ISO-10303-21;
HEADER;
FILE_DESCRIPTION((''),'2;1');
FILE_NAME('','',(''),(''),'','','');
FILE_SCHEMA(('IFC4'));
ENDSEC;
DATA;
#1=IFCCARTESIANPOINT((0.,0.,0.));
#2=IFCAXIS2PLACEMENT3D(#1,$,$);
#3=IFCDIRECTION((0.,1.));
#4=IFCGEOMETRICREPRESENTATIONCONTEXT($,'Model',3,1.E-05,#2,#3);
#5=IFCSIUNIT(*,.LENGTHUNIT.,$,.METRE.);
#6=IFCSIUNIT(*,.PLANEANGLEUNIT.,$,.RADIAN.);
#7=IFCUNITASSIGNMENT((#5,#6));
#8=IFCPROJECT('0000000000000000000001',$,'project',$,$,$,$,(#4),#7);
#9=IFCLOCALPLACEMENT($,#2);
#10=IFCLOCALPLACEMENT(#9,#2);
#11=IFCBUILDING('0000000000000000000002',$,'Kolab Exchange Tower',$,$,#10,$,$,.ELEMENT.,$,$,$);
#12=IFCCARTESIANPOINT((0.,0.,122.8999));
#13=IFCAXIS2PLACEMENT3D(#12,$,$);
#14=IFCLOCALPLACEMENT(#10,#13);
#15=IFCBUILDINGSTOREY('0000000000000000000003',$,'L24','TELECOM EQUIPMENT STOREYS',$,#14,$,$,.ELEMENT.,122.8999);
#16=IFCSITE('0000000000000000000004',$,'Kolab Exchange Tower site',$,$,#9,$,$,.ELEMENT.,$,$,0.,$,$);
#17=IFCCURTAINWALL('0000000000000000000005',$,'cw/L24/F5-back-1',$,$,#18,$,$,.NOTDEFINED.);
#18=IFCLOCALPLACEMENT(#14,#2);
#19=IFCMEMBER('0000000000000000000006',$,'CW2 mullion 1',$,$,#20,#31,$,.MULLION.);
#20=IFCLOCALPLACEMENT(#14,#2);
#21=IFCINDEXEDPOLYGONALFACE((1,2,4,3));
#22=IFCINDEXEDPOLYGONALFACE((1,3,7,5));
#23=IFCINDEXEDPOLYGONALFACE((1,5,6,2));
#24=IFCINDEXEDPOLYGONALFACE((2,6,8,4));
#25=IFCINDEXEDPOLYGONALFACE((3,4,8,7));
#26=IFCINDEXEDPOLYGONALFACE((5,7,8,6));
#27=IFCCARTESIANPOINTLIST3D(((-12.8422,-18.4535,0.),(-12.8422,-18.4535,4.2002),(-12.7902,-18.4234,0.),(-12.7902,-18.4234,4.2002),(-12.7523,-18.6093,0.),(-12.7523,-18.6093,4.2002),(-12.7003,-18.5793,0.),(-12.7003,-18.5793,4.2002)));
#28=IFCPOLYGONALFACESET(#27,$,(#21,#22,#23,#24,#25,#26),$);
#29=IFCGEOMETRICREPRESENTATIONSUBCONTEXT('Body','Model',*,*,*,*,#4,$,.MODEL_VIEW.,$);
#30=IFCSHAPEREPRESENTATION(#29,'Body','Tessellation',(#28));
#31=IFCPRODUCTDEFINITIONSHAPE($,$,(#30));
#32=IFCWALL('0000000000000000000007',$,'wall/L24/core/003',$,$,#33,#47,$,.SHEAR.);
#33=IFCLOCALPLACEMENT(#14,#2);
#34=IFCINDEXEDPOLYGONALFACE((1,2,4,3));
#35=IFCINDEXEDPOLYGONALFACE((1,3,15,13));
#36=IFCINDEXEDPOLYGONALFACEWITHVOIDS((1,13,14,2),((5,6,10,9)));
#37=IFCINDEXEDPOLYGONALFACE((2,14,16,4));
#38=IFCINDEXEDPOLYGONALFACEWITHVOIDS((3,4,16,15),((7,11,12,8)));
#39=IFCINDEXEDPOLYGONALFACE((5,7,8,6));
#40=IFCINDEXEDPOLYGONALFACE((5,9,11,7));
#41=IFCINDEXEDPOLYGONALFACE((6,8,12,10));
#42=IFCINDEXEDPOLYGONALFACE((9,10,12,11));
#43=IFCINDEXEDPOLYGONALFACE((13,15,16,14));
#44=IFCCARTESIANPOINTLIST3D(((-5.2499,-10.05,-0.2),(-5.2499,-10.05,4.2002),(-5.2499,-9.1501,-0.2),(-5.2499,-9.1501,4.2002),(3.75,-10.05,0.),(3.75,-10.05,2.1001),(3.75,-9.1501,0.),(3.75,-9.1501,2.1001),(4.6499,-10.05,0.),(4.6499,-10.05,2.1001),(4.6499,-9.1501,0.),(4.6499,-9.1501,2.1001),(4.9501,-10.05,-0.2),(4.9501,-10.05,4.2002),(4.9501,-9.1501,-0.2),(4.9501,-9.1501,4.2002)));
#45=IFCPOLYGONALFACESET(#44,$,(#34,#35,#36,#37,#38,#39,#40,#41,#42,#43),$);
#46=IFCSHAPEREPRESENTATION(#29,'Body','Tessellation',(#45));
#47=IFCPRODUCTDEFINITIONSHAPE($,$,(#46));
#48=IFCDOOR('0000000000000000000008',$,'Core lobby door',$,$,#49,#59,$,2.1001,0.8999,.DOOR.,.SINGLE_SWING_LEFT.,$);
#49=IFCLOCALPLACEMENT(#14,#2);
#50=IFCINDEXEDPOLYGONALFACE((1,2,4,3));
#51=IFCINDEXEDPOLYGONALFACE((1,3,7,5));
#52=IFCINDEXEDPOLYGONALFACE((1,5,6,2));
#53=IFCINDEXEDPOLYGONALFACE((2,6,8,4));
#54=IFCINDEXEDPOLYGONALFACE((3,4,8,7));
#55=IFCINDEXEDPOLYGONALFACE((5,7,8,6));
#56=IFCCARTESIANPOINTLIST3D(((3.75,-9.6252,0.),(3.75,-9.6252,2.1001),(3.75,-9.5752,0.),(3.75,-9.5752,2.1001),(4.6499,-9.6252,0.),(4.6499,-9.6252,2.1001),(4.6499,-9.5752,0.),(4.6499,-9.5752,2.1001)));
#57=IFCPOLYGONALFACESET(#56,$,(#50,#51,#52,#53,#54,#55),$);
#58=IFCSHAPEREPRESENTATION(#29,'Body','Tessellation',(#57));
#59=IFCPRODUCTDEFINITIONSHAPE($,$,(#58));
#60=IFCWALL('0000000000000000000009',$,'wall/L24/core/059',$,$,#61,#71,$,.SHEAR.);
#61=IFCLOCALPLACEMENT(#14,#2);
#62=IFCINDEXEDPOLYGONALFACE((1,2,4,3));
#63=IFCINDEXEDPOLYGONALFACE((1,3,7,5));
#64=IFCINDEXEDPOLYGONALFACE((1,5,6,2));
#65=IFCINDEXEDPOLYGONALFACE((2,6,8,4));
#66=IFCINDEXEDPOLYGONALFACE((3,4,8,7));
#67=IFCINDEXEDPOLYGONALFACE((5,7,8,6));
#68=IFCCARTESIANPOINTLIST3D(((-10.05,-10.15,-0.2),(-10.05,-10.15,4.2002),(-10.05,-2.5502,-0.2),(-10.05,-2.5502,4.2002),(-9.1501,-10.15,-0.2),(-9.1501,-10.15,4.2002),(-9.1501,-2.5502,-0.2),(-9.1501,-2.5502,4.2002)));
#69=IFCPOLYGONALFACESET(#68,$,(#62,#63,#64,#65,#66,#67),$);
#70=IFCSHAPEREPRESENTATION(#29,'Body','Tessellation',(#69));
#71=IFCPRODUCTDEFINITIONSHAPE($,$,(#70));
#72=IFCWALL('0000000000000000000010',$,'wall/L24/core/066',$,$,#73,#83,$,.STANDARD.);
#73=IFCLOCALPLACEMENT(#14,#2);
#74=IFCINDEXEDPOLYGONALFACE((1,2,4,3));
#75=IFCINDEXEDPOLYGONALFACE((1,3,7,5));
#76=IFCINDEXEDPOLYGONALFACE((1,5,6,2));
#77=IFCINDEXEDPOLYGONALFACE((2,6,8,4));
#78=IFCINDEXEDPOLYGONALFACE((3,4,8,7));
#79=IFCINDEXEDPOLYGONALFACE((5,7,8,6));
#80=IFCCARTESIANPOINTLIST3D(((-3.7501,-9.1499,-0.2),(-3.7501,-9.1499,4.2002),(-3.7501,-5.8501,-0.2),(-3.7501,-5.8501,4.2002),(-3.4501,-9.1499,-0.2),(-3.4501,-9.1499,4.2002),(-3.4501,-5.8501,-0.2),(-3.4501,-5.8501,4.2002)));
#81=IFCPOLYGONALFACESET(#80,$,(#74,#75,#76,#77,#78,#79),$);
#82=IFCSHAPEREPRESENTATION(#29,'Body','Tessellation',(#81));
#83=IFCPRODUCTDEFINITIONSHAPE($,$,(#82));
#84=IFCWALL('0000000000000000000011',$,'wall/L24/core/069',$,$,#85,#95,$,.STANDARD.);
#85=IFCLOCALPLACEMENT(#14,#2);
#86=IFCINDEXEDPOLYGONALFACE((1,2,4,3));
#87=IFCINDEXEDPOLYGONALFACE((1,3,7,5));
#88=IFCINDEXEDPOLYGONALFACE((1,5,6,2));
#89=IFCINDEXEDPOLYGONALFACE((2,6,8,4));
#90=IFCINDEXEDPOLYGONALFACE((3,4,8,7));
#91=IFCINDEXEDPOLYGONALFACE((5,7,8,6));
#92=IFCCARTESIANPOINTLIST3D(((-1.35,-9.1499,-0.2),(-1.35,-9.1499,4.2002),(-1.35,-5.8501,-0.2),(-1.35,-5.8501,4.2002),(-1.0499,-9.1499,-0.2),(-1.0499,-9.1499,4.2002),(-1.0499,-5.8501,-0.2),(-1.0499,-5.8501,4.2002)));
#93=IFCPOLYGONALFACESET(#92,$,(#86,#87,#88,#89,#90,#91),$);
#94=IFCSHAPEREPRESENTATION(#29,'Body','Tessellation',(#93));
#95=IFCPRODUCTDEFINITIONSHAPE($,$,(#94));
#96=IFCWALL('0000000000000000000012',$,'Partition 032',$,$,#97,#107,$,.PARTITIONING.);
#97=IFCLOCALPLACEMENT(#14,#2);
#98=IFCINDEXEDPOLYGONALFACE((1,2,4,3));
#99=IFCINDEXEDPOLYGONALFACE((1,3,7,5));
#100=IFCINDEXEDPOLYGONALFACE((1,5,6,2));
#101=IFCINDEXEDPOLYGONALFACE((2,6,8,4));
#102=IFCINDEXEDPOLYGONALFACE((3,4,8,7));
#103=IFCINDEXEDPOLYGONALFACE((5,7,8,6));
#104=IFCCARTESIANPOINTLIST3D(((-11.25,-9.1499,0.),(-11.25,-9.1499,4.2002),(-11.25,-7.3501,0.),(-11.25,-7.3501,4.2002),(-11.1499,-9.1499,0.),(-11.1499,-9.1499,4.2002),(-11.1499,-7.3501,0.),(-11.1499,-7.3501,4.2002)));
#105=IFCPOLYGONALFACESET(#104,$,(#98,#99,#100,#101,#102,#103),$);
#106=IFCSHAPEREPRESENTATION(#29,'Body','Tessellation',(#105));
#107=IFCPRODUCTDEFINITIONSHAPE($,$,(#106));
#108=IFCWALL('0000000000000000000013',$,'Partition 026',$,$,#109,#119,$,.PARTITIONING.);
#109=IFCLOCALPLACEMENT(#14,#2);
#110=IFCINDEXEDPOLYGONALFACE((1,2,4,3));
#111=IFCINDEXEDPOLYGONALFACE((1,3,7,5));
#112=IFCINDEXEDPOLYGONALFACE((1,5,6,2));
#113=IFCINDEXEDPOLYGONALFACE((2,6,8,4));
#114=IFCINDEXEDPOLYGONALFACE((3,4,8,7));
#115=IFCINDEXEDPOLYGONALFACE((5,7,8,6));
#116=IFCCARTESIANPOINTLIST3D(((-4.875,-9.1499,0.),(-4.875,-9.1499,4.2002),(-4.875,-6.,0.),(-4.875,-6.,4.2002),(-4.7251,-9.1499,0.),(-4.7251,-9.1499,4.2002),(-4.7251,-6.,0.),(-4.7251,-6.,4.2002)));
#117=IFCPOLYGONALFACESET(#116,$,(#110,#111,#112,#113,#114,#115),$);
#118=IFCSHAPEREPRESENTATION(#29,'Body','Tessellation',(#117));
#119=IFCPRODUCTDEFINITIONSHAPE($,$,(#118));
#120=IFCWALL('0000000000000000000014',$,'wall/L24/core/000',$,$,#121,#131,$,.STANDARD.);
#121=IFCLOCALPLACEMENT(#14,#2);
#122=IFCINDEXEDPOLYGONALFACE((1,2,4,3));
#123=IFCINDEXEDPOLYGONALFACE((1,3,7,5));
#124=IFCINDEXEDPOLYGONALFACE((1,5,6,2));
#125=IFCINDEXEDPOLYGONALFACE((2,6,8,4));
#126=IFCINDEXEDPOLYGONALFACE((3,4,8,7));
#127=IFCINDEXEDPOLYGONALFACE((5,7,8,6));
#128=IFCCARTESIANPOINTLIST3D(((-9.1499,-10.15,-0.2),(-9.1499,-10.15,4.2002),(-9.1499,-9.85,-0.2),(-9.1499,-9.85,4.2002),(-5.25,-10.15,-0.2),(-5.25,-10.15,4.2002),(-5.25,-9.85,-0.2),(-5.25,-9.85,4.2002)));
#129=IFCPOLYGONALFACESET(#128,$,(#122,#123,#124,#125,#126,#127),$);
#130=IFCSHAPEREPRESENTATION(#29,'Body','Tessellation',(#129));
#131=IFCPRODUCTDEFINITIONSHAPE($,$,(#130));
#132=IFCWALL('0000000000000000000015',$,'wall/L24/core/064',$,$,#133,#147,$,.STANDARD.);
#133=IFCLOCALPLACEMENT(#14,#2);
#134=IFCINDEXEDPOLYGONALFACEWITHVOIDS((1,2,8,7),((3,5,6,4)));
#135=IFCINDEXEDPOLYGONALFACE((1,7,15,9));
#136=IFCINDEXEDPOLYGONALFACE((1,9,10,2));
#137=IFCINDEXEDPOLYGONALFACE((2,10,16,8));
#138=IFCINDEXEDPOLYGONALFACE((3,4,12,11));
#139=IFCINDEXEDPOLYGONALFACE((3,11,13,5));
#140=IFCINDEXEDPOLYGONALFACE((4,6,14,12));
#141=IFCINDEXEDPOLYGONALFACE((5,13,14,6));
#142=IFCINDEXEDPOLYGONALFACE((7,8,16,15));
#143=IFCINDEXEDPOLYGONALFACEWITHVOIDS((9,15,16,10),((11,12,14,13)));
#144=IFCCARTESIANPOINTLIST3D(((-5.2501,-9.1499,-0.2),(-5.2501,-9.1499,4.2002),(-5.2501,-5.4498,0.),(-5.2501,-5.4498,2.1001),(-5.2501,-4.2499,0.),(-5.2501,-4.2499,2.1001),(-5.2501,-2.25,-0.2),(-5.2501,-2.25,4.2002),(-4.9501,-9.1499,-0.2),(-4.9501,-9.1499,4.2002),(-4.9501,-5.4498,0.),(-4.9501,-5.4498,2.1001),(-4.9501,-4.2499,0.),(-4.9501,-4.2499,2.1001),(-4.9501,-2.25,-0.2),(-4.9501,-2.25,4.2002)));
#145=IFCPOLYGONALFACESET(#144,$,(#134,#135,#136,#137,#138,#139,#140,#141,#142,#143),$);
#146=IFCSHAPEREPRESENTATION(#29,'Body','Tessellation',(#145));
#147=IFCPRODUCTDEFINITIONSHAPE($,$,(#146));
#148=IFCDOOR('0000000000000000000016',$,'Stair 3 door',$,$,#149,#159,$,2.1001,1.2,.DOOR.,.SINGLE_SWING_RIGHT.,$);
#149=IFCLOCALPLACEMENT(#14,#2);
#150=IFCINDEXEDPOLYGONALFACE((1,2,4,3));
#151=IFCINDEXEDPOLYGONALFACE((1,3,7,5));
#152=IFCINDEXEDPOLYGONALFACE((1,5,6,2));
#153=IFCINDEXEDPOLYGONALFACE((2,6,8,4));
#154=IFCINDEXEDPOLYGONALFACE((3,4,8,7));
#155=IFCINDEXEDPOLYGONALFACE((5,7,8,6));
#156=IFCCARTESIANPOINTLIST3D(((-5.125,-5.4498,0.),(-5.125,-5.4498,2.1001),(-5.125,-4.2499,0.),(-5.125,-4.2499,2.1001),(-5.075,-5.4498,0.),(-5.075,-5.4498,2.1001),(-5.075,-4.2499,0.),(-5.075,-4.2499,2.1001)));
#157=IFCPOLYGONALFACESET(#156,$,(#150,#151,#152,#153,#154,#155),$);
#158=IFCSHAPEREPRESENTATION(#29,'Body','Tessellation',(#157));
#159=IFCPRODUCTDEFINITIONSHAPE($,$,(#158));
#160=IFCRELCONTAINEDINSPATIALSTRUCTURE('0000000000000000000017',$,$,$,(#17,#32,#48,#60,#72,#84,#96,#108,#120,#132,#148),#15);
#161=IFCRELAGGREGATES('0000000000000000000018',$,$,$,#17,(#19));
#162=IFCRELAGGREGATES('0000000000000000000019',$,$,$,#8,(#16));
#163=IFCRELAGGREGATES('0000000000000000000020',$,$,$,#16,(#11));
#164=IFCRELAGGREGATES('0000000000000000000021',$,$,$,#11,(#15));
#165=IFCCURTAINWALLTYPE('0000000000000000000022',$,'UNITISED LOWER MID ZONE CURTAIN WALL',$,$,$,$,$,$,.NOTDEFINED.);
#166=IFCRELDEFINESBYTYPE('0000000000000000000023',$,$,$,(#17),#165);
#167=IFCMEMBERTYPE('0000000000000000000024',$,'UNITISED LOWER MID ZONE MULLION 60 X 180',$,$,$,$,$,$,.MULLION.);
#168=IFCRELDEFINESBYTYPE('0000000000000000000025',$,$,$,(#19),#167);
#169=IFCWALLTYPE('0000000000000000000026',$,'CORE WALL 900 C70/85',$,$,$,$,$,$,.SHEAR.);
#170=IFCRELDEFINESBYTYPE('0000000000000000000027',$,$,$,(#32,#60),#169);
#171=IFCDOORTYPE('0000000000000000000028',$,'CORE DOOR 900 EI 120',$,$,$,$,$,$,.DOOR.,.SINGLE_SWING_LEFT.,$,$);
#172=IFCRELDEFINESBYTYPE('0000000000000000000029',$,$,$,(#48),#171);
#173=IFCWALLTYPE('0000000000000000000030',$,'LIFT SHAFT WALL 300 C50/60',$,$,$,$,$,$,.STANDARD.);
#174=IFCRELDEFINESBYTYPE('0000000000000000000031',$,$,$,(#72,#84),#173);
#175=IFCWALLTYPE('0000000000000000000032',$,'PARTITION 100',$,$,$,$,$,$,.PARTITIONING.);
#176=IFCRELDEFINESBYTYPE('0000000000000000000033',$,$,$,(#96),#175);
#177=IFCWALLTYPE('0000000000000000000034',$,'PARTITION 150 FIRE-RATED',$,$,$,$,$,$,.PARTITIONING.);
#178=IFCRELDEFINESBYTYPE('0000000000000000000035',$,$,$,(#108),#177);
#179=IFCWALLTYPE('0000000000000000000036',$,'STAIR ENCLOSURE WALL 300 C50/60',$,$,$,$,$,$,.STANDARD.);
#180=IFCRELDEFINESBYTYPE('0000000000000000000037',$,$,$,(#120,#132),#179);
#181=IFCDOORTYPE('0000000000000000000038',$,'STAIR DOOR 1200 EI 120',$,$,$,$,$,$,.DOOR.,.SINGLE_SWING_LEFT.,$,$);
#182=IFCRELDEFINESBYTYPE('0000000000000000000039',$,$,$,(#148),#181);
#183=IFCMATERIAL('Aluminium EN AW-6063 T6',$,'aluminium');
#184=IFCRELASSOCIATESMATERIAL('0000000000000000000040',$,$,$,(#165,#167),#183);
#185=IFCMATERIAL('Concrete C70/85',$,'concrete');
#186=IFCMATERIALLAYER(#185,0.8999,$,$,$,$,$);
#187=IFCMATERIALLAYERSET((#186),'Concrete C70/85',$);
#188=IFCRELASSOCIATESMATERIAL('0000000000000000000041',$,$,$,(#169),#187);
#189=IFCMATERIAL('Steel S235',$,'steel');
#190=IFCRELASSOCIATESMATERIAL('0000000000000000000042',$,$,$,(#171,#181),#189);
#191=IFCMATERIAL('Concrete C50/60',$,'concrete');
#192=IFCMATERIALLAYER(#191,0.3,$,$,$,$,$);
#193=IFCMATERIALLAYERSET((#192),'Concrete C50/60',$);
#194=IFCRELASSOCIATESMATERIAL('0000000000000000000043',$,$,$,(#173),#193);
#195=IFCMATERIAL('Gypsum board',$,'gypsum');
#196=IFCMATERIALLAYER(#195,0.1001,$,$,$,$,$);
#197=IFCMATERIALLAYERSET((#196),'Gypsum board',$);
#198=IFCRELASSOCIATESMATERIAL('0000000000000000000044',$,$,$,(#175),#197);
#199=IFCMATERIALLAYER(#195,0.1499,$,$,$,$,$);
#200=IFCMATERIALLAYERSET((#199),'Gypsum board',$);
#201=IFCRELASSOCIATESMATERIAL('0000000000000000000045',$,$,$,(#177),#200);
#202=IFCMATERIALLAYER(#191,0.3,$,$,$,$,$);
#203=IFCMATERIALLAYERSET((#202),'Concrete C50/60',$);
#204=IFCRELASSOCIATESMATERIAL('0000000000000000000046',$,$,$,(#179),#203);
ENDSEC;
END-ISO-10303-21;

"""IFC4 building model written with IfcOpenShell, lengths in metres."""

from ifc_helpers import new_model, si_unit, direction, frame, frame_2d, origin, origin_2d, place, context, subcontext, project, spatial, rectangle, extrude, material, layer, layer_set, material_profile, profile_set, type_object, element, fill, aggregate, save


model = new_model("IFC4")

# Units and contexts
model_context = context("Model", 3, precision=1e-05, world=origin(), true_north=direction((0.0, 1.0)))
body_context = subcontext(model_context, "Body", "Model", "MODEL_VIEW")
ifc_project = project(units=[si_unit("LENGTHUNIT", "METRE"), si_unit("PLANEANGLEUNIT", "RADIAN")], contexts=[model_context])

# Site, building, storey
site_placement = place(None, origin())
site = spatial("IfcSite", under=ifc_project, at=site_placement, Name="Kolab Exchange Tower site", CompositionType="ELEMENT", RefElevation=0.0)
building_placement = place(site_placement, origin())
building = spatial("IfcBuilding", under=site, at=building_placement, Name="Kolab Exchange Tower", CompositionType="ELEMENT")
storey_placement = place(building_placement, frame((0.0, 0.0, 122.8999)))
storey = spatial("IfcBuildingStorey", under=building, at=storey_placement, Name="L24", Description="TELECOM EQUIPMENT STOREYS", CompositionType="ELEMENT", Elevation=122.8999)

# Curtain wall, member
ifc_material_1 = material(Name="Aluminium EN AW-6063 T6", Category="aluminium")
curtain_wall_type = type_object("IfcCurtainWallType", Name="UNITISED LOWER MID ZONE CURTAIN WALL", PredefinedType="NOTDEFINED", material=ifc_material_1)
curtain_wall_placement = place(storey_placement, origin())
curtain_wall = element("IfcCurtainWall", 1, at=curtain_wall_placement, inside=storey, type_object=curtain_wall_type, Name="cw/L24/F5-back-1", PredefinedType="NOTDEFINED")
ifc_material_profile = material_profile(ifc_material_1, rectangle(XDim=0.0601, YDim=0.1799, at=origin_2d()), Name="RECT 60X180")
ifc_profile_set = profile_set([ifc_material_profile], Name="Aluminium EN AW-6063 T6")
member_type = type_object("IfcMemberType", Name="UNITISED LOWER MID ZONE MULLION 60 X 180", PredefinedType="MULLION", material=ifc_profile_set)
member_placement = place(storey_placement, frame((-12.7712, -18.5164, 0.0), z_axis=(0.0, 0.0, 1.0), x_axis=(-0.866025, -0.5, 0.0)))
member = element("IfcMember", 2, at=member_placement, type_object=member_type, Name="CW2 mullion 1", PredefinedType="MULLION", context=body_context, shape_type="SweptSolid", body=[
    extrude(rectangle(XDim=0.0601, YDim=0.1799, at=origin_2d()), origin(), (0.0, 0.0, 1.0), 4.2002),
])
aggregate(curtain_wall, [member])

# Wall, opening, door
ifc_material_2 = material(Name="Concrete C70/85", Category="concrete")
ifc_layer_1 = layer(ifc_material_2, 0.8999)
ifc_layer_set_1 = layer_set([ifc_layer_1], Name="Concrete C70/85")
wall_type_1 = type_object("IfcWallType", Name="CORE WALL 900 C70/85", PredefinedType="SHEAR", material=ifc_layer_set_1)
wall_1_placement = place(storey_placement, frame((-5.25, -9.6001, -0.2), z_axis=(0.0, 0.0, 1.0), x_axis=(1.0, 0.0, 0.0)))
wall_1 = element("IfcWall", 3, at=wall_1_placement, inside=storey, type_object=wall_type_1, Name="wall/L24/core/003", PredefinedType="SHEAR", context=body_context, shape_type="SweptSolid", body=[
    extrude(rectangle(XDim=10.2, YDim=0.8999, at=frame_2d((5.1001, 0.0))), origin(), (0.0, 0.0, 1.0), 4.4001),
])
opening_1_placement = place(wall_1_placement, frame((9.0, 0.0, 0.2)))
opening_1 = element("IfcOpeningElement", 4, at=opening_1_placement, cuts=wall_1, PredefinedType="OPENING", context=body_context, shape_type="SweptSolid", body=[
    extrude(rectangle(XDim=0.8999, YDim=2.1001, at=frame_2d((0.45, 1.05))), frame((0.0, 0.46, 0.0), z_axis=(0.0, -1.0, 0.0), x_axis=(1.0, 0.0, 0.0)), (0.0, 0.0, 1.0), 0.9199),
])
ifc_material_3 = material(Name="Steel S235", Category="steel")
door_type_1 = type_object("IfcDoorType", Name="CORE DOOR 900 EI 120", OperationType="SINGLE_SWING_LEFT", PredefinedType="DOOR", material=ifc_material_3)
door_1_placement = place(opening_1_placement, origin())
door_1 = element("IfcDoor", 5, at=door_1_placement, inside=storey, type_object=door_type_1, Name="Core lobby door", OperationType="SINGLE_SWING_LEFT", OverallHeight=2.1001, OverallWidth=0.8999, PredefinedType="DOOR", context=body_context, shape_type="SweptSolid", body=[
    extrude(rectangle(XDim=0.8999, YDim=2.1001, at=frame_2d((0.45, 1.05))), frame((0.0, 0.0249, 0.0), z_axis=(0.0, -1.0, 0.0), x_axis=(1.0, 0.0, 0.0)), (0.0, 0.0, 1.0), 0.05),
])
fill(opening_1, door_1)

# Walls
wall_2_placement = place(storey_placement, frame((-9.6001, -10.1499, -0.2), z_axis=(0.0, 0.0, 1.0), x_axis=(0.0, 1.0, 0.0)))
element("IfcWall", 6, at=wall_2_placement, inside=storey, type_object=wall_type_1, Name="wall/L24/core/059", PredefinedType="SHEAR", context=body_context, shape_type="SweptSolid", body=[
    extrude(rectangle(XDim=7.5999, YDim=0.8999, at=frame_2d((3.7998, 0.0))), origin(), (0.0, 0.0, 1.0), 4.4001),
])
ifc_material_4 = material(Name="Concrete C50/60", Category="concrete")
ifc_layer_2 = layer(ifc_material_4, 0.3)
ifc_layer_set_2 = layer_set([ifc_layer_2], Name="Concrete C50/60")
wall_type_2 = type_object("IfcWallType", Name="LIFT SHAFT WALL 300 C50/60", PredefinedType="STANDARD", material=ifc_layer_set_2)
for number, where, z_axis, x_axis, name in (
    (7, (-3.6001, -9.1499, -0.2), (0.0, 0.0, 1.0), (0.0, 1.0, 0.0), "wall/L24/core/066"),
    (8, (-1.2, -9.1499, -0.2), (0.0, 0.0, 1.0), (0.0, 1.0, 0.0), "wall/L24/core/069"),
):
    element("IfcWall", number, at=place(storey_placement, frame(where, z_axis=z_axis, x_axis=x_axis)), inside=storey, type_object=wall_type_2, Name=name, PredefinedType="STANDARD", context=body_context, shape_type="SweptSolid", body=[
        extrude(rectangle(XDim=3.2998, YDim=0.3, at=frame_2d((1.6499, 0.0))), origin(), (0.0, 0.0, 1.0), 4.4001),
    ])
ifc_material_5 = material(Name="Gypsum board", Category="gypsum")
ifc_layer_3 = layer(ifc_material_5, 0.1001)
ifc_layer_set_3 = layer_set([ifc_layer_3], Name="Gypsum board")
wall_type_3 = type_object("IfcWallType", Name="PARTITION 100", PredefinedType="PARTITIONING", material=ifc_layer_set_3)
wall_3_placement = place(storey_placement, frame((-11.2, -9.1499, 0.0), z_axis=(0.0, 0.0, 1.0), x_axis=(0.0, 1.0, 0.0)))
element("IfcWall", 9, at=wall_3_placement, inside=storey, type_object=wall_type_3, Name="Partition 032", PredefinedType="PARTITIONING", context=body_context, shape_type="SweptSolid", body=[
    extrude(rectangle(XDim=1.7998, YDim=0.1001, at=frame_2d((0.8999, 0.0))), origin(), (0.0, 0.0, 1.0), 4.2002),
])
ifc_layer_4 = layer(ifc_material_5, 0.1499)
ifc_layer_set_4 = layer_set([ifc_layer_4], Name="Gypsum board")
wall_type_4 = type_object("IfcWallType", Name="PARTITION 150 FIRE-RATED", PredefinedType="PARTITIONING", material=ifc_layer_set_4)
wall_4_placement = place(storey_placement, frame((-4.8, -9.1499, 0.0), z_axis=(0.0, 0.0, 1.0), x_axis=(0.0, 1.0, 0.0)))
element("IfcWall", 10, at=wall_4_placement, inside=storey, type_object=wall_type_4, Name="Partition 026", PredefinedType="PARTITIONING", context=body_context, shape_type="SweptSolid", body=[
    extrude(rectangle(XDim=3.1499, YDim=0.1499, at=frame_2d((1.575, 0.0))), origin(), (0.0, 0.0, 1.0), 4.2002),
])
ifc_layer_5 = layer(ifc_material_4, 0.3)
ifc_layer_set_5 = layer_set([ifc_layer_5], Name="Concrete C50/60")
wall_type_5 = type_object("IfcWallType", Name="STAIR ENCLOSURE WALL 300 C50/60", PredefinedType="STANDARD", material=ifc_layer_set_5)
wall_5_placement = place(storey_placement, frame((-9.1499, -10.0, -0.2), z_axis=(0.0, 0.0, 1.0), x_axis=(1.0, 0.0, 0.0)))
element("IfcWall", 11, at=wall_5_placement, inside=storey, type_object=wall_type_5, Name="wall/L24/core/000", PredefinedType="STANDARD", context=body_context, shape_type="SweptSolid", body=[
    extrude(rectangle(XDim=3.8999, YDim=0.3, at=frame_2d((1.95, 0.0))), origin(), (0.0, 0.0, 1.0), 4.4001),
])

# Wall, opening, door
wall_6_placement = place(storey_placement, frame((-5.1001, -9.1499, -0.2), z_axis=(0.0, 0.0, 1.0), x_axis=(0.0, 1.0, 0.0)))
wall_6 = element("IfcWall", 12, at=wall_6_placement, inside=storey, type_object=wall_type_5, Name="wall/L24/core/064", PredefinedType="STANDARD", context=body_context, shape_type="SweptSolid", body=[
    extrude(rectangle(XDim=6.8999, YDim=0.3, at=frame_2d((3.45, 0.0))), origin(), (0.0, 0.0, 1.0), 4.4001),
])
opening_2_placement = place(wall_6_placement, frame((3.7, 0.0, 0.2)))
opening_2 = element("IfcOpeningElement", 13, at=opening_2_placement, cuts=wall_6, PredefinedType="OPENING", context=body_context, shape_type="SweptSolid", body=[
    extrude(rectangle(XDim=1.2, YDim=2.1001, at=frame_2d((0.6001, 1.05))), frame((0.0, 0.1602, 0.0), z_axis=(0.0, -1.0, 0.0), x_axis=(1.0, 0.0, 0.0)), (0.0, 0.0, 1.0), 0.3201),
])
door_type_2 = type_object("IfcDoorType", Name="STAIR DOOR 1200 EI 120", OperationType="SINGLE_SWING_LEFT", PredefinedType="DOOR", material=ifc_material_3)
door_2_placement = place(opening_2_placement, origin())
door_2 = element("IfcDoor", 14, at=door_2_placement, inside=storey, type_object=door_type_2, Name="Stair 3 door", OperationType="SINGLE_SWING_RIGHT", OverallHeight=2.1001, OverallWidth=1.2, PredefinedType="DOOR", context=body_context, shape_type="SweptSolid", body=[
    extrude(rectangle(XDim=1.2, YDim=2.1001, at=frame_2d((0.6001, 1.05))), frame((0.0, 0.0249, 0.0), z_axis=(0.0, -1.0, 0.0), x_axis=(1.0, 0.0, 0.0)), (0.0, 0.0, 1.0), 0.05),
])
fill(opening_2, door_2)

save(model, "model.ifc")
